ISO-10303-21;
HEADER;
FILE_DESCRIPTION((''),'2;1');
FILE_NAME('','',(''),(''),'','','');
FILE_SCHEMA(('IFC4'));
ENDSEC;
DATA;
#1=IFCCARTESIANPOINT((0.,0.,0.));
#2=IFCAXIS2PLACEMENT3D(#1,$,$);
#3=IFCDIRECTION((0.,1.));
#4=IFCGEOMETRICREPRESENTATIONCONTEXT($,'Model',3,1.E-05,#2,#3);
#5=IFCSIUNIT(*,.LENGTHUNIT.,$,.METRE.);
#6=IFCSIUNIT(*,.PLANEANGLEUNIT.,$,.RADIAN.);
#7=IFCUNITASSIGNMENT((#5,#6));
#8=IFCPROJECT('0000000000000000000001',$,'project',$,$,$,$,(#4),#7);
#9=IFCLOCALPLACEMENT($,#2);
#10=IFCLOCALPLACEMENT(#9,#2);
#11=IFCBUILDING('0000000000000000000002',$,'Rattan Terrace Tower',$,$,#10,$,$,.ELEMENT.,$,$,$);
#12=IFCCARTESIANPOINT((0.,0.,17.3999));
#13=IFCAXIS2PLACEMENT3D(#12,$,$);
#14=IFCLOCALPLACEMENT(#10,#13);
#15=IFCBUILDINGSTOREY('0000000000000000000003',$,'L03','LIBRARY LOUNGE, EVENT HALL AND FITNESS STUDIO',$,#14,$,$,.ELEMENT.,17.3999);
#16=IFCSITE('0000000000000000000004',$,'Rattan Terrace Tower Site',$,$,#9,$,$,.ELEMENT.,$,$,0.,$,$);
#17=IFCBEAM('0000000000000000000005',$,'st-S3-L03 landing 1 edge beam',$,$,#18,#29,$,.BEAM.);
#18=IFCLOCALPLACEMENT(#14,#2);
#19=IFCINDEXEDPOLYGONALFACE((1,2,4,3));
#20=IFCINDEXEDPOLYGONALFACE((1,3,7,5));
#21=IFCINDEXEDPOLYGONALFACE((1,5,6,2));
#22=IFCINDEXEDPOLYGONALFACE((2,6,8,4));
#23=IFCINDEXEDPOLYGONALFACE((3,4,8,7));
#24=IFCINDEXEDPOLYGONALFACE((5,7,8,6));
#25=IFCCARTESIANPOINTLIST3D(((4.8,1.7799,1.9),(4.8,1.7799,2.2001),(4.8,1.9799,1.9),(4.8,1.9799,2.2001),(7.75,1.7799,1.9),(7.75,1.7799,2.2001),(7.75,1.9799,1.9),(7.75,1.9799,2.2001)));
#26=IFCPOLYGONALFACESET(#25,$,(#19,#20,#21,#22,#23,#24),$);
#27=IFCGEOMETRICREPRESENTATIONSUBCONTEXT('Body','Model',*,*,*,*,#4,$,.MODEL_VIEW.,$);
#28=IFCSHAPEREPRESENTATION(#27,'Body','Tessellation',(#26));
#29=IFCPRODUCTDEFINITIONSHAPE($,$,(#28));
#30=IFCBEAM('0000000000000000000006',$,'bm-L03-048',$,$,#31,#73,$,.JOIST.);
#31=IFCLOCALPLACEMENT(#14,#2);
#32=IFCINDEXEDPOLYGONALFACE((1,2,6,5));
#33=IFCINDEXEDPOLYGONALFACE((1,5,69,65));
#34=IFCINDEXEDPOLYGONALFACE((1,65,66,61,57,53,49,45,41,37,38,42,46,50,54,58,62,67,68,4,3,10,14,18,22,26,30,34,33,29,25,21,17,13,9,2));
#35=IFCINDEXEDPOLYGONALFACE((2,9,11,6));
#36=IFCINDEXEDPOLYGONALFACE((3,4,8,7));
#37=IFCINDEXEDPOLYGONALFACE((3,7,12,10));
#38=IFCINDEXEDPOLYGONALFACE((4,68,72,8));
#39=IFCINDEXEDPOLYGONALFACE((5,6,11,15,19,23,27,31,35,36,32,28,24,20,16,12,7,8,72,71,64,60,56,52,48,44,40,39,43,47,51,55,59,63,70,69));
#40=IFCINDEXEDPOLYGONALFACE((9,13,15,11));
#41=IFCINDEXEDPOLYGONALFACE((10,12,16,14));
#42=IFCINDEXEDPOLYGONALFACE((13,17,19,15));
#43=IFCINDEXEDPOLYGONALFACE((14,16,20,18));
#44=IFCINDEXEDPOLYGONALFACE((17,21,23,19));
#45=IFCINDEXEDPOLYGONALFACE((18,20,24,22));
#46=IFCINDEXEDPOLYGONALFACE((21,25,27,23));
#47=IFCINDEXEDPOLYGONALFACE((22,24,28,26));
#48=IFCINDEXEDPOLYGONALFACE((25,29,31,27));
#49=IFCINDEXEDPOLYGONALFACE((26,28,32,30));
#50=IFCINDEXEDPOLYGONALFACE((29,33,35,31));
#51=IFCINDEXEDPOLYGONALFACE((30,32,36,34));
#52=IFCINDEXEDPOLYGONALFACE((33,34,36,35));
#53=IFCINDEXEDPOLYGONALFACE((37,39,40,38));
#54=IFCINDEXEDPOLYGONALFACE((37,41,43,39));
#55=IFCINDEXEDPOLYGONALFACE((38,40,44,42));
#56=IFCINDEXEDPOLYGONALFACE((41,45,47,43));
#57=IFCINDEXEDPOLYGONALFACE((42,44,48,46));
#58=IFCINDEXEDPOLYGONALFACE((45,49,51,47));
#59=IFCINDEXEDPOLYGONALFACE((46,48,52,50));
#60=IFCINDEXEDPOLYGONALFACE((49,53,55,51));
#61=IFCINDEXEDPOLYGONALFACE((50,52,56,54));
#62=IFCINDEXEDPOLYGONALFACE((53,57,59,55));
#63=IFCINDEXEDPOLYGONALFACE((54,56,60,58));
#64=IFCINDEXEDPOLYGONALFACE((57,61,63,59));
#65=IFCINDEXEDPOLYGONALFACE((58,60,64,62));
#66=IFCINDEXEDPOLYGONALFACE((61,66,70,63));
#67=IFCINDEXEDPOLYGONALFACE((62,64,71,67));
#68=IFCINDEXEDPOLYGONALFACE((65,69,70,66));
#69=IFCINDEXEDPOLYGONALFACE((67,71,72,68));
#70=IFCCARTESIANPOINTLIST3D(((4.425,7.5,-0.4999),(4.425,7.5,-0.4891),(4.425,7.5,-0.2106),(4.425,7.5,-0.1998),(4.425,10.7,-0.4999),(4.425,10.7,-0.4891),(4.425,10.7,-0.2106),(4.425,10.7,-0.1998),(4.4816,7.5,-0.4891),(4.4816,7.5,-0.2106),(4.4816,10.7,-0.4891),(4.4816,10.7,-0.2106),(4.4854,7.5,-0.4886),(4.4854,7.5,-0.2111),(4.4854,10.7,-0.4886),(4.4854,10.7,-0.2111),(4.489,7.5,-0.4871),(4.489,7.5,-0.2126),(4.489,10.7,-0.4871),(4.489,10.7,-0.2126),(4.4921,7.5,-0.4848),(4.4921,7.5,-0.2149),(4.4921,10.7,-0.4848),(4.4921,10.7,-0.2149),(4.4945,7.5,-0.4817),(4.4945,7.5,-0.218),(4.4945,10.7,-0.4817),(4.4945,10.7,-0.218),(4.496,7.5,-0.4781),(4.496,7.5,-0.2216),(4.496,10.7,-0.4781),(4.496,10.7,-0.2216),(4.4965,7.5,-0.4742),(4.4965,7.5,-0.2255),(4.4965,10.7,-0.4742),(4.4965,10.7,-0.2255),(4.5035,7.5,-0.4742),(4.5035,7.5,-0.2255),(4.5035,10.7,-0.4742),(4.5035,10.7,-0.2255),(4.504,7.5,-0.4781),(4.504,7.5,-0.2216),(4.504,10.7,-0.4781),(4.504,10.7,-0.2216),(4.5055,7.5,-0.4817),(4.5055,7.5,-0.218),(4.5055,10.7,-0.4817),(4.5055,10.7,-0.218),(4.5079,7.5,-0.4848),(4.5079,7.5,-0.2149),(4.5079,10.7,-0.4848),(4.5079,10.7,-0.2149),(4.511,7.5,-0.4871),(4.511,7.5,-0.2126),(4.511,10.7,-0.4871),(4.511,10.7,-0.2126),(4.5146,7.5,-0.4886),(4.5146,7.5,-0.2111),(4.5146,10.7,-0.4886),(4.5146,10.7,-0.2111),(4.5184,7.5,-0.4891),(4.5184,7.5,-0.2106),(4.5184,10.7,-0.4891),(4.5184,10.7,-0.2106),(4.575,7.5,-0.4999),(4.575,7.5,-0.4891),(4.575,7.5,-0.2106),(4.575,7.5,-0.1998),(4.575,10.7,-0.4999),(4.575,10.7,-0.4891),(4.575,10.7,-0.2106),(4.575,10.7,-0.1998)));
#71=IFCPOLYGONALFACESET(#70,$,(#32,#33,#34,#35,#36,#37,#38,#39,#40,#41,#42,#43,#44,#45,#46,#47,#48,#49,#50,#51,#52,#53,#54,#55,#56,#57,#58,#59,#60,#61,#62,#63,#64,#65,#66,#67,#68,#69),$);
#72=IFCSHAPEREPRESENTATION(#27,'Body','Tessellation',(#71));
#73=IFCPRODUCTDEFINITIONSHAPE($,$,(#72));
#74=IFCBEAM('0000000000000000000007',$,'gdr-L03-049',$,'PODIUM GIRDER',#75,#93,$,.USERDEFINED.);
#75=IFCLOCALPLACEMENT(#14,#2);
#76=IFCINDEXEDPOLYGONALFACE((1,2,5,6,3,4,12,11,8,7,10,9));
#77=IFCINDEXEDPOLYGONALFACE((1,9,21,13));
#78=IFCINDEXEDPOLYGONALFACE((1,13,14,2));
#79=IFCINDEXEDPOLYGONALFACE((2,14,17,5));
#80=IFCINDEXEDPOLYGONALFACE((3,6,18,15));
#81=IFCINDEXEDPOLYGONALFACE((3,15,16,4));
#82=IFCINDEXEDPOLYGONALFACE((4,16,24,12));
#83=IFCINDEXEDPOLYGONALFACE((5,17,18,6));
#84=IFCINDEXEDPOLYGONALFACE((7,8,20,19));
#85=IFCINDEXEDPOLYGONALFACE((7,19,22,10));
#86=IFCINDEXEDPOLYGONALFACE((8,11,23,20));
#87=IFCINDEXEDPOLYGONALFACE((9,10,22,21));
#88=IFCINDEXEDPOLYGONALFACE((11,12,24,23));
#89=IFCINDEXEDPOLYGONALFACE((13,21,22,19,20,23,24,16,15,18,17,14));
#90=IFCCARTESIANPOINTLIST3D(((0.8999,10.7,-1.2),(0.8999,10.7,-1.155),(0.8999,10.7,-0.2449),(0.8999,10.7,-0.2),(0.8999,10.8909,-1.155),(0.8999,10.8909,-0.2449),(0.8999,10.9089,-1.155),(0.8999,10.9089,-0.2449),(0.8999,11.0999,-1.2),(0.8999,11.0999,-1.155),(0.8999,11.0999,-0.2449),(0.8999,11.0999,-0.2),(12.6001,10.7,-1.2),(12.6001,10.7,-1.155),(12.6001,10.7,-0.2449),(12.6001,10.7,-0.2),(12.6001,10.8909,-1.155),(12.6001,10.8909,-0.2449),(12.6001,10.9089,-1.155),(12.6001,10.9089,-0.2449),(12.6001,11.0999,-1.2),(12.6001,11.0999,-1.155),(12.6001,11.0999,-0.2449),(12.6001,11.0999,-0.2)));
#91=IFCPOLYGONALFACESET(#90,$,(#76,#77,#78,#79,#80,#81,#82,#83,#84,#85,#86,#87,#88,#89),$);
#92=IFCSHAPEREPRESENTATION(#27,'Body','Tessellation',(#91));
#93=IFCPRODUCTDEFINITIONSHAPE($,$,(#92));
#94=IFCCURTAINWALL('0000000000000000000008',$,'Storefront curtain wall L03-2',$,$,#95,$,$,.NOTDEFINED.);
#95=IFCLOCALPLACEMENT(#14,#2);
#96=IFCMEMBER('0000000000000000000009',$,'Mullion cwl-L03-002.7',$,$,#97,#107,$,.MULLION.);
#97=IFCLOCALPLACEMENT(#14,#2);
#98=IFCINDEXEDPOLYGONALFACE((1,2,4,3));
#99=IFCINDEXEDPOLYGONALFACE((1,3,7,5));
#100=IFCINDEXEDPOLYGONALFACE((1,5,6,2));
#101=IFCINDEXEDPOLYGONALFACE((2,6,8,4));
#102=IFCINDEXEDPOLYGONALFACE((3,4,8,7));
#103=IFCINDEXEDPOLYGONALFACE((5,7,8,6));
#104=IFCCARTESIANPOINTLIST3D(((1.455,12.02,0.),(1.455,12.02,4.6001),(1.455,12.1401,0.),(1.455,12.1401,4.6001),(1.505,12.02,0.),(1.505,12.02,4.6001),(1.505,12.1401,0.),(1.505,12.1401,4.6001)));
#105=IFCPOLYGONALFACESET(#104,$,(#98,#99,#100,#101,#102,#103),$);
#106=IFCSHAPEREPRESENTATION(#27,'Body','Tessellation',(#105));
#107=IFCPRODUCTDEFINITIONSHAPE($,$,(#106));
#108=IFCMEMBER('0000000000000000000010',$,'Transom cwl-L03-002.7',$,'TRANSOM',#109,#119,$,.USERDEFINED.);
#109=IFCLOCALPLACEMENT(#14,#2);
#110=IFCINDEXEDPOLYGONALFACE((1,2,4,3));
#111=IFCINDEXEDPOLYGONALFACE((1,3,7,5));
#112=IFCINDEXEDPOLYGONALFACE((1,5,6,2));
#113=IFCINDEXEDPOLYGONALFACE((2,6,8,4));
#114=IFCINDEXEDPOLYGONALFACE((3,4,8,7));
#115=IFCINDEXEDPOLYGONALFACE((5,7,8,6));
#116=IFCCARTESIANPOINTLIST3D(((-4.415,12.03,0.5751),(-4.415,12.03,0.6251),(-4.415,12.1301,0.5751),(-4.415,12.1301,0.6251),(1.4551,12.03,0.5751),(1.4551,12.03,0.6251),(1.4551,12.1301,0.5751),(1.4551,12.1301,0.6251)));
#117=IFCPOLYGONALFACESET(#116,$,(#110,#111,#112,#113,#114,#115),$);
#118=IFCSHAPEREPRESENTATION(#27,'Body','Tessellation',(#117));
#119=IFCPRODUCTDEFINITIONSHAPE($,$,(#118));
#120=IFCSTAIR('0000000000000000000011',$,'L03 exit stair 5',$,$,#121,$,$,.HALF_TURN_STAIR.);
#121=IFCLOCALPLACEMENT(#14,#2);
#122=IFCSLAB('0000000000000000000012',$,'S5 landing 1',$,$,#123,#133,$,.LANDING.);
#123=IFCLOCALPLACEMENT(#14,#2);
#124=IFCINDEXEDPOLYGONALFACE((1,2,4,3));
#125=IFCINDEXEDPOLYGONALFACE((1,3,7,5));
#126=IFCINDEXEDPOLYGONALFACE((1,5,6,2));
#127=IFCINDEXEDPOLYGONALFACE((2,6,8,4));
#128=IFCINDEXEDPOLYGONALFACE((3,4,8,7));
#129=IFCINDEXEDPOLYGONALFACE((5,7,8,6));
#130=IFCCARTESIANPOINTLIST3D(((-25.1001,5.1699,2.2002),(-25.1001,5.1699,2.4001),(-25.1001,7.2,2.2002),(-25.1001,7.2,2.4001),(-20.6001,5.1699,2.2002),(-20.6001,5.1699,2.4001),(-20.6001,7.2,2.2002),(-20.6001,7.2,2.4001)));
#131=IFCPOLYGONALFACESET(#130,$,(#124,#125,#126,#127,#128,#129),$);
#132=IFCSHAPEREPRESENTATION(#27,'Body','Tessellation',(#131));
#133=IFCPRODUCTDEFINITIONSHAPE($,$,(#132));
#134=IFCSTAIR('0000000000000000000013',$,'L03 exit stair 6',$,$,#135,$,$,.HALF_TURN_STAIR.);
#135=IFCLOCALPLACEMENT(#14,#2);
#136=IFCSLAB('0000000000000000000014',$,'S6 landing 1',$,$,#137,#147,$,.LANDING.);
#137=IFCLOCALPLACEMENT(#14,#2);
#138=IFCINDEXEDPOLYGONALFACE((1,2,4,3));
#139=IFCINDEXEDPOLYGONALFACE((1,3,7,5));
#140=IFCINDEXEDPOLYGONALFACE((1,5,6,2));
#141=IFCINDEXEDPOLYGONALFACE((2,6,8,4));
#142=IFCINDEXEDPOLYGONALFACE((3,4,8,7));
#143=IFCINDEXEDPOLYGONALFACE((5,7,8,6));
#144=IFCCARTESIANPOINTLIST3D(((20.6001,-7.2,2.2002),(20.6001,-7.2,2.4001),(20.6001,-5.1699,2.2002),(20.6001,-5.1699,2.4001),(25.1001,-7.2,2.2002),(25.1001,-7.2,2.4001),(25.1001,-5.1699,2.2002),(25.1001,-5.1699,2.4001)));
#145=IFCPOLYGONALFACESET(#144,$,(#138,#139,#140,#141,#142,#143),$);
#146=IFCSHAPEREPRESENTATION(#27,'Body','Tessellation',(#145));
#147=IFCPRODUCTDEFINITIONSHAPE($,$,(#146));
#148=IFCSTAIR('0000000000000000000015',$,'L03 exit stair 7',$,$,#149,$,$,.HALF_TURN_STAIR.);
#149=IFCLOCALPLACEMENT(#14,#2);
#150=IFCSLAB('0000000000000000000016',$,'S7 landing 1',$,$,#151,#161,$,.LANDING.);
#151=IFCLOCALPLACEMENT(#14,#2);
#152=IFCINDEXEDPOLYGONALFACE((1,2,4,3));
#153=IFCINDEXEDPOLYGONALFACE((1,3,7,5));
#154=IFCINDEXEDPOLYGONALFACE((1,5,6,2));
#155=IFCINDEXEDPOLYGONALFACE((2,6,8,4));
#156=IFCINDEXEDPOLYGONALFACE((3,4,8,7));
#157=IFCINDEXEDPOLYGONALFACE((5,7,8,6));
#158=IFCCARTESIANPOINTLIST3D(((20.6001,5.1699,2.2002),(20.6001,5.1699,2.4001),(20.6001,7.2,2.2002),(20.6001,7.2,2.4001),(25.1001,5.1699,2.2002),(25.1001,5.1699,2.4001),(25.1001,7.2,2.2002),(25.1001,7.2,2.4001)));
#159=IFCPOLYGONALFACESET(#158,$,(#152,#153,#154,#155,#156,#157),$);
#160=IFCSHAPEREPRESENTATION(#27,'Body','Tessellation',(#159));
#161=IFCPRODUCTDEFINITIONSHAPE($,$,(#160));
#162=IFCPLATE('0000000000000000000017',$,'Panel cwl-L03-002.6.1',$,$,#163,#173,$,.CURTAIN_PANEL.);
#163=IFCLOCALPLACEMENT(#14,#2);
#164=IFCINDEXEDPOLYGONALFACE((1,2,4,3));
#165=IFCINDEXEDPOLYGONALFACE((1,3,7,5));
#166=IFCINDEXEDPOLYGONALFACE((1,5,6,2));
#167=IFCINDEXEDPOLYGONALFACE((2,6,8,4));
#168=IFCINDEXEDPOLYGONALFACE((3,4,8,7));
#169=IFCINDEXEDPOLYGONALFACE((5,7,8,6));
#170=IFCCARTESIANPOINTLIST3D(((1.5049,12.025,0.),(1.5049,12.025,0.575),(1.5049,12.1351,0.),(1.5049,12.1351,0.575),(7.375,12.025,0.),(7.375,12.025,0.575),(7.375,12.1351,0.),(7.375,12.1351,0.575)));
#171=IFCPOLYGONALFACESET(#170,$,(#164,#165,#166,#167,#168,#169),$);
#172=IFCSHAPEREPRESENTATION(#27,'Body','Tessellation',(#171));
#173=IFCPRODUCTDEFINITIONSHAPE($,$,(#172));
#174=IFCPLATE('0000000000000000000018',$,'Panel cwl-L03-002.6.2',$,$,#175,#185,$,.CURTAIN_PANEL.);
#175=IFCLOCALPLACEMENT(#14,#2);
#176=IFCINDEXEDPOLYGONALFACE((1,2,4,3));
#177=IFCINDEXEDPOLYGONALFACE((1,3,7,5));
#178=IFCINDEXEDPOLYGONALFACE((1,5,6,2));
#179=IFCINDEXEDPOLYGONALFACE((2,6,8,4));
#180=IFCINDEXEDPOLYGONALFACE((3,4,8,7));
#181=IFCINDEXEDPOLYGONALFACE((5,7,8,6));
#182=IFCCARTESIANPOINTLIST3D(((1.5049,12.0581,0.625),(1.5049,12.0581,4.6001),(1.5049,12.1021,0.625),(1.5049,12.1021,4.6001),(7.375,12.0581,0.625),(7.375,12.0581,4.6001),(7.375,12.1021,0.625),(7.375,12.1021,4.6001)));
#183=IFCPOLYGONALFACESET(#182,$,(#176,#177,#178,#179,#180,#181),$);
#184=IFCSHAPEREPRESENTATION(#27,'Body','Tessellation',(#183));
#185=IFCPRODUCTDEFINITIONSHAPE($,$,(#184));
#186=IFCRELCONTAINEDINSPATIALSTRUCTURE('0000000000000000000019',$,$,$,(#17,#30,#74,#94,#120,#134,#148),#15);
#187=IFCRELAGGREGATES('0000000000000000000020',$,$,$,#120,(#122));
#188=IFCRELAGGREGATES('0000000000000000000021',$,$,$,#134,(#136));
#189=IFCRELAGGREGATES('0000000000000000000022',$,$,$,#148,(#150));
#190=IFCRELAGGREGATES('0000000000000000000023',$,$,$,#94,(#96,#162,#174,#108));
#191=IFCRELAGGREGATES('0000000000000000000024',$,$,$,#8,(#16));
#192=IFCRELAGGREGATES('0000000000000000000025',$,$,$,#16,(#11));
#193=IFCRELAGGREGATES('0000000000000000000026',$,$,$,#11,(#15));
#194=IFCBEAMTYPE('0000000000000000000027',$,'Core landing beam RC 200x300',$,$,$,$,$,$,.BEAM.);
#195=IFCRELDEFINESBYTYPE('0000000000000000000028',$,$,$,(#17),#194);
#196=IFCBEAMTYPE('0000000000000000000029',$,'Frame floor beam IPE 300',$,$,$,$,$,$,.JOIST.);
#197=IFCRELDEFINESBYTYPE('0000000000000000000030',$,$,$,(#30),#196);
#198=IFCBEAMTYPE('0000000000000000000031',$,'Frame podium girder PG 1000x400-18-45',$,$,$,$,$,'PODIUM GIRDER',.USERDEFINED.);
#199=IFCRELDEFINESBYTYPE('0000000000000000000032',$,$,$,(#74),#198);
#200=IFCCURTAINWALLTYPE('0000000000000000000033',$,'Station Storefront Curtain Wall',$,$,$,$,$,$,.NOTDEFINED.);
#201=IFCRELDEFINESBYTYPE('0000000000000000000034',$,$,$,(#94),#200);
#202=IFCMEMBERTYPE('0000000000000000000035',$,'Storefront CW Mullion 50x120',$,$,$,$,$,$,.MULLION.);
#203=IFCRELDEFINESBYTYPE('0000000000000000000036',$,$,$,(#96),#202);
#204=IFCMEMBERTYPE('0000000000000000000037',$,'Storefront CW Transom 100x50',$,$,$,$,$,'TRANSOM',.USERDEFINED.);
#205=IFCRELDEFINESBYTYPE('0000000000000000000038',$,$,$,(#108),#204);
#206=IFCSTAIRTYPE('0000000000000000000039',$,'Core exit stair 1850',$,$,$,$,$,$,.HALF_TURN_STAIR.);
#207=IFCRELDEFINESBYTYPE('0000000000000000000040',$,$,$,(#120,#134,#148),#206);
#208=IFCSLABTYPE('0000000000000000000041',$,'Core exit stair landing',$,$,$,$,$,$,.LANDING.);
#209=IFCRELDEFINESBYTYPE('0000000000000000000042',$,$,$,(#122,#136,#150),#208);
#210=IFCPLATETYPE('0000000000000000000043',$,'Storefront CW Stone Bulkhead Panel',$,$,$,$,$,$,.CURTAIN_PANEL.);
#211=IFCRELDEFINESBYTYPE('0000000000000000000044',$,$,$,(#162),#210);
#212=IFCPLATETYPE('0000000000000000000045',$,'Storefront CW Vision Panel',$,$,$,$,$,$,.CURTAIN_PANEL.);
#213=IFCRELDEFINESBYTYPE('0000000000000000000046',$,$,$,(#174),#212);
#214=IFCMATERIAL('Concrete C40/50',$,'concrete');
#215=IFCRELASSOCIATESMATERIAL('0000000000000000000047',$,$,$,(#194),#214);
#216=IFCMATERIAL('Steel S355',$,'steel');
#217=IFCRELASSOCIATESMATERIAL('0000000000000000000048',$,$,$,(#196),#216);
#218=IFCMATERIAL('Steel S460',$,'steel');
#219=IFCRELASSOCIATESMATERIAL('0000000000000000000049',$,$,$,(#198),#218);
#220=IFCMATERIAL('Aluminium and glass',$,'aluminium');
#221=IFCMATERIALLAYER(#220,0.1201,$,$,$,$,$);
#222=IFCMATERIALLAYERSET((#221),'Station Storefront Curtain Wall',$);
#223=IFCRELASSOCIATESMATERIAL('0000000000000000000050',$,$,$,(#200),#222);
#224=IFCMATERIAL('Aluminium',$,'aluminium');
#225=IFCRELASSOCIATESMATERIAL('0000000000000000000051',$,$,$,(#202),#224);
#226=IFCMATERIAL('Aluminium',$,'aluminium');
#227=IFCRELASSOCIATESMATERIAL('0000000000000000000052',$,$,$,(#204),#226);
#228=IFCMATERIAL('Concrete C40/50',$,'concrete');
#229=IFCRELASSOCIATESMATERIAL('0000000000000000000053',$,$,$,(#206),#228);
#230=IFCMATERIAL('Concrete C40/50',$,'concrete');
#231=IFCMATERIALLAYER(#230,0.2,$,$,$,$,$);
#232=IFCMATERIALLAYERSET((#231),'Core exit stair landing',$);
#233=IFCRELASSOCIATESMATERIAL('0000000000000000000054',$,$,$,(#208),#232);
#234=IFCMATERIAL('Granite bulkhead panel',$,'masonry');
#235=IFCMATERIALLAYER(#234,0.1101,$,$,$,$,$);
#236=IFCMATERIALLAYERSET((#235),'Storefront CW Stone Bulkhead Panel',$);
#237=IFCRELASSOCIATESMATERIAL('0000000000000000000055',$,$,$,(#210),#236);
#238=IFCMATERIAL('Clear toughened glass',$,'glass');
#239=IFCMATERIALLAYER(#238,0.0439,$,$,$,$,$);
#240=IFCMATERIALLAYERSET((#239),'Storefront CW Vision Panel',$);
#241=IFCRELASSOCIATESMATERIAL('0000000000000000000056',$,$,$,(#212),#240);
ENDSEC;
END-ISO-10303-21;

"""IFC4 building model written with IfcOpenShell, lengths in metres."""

from ifc_helpers import new_model, si_unit, direction, frame, origin, origin_2d, place, context, subcontext, project, spatial, polyline, rectangle, i_section, outline, extrude, material, layer, layer_set, material_profile, profile_set, type_object, element, aggregate, save


model = new_model("IFC4")

# Units and contexts
model_context = context("Model", 3, precision=1e-05, world=origin(), true_north=direction((0.0, 1.0)))
body_context = subcontext(model_context, "Body", "Model", "MODEL_VIEW")
ifc_project = project(units=[si_unit("LENGTHUNIT", "METRE"), si_unit("PLANEANGLEUNIT", "RADIAN")], contexts=[model_context])

# Site, building, storey
site_placement = place(None, origin())
site = spatial("IfcSite", under=ifc_project, at=site_placement, Name="Rattan Terrace Tower Site", CompositionType="ELEMENT", RefElevation=0.0)
building_placement = place(site_placement, origin())
building = spatial("IfcBuilding", under=site, at=building_placement, Name="Rattan Terrace Tower", CompositionType="ELEMENT")
storey_placement = place(building_placement, frame((0.0, 0.0, 17.3999)))
storey = spatial("IfcBuildingStorey", under=building, at=storey_placement, Name="L03", Description="LIBRARY LOUNGE, EVENT HALL AND FITNESS STUDIO", CompositionType="ELEMENT", Elevation=17.3999)

# Beams
ifc_material_1 = material(Name="Concrete C40/50", Category="concrete")
ifc_material_profile_1 = material_profile(ifc_material_1, rectangle(XDim=0.2, YDim=0.3, at=origin_2d()), Name="RC 200x300")
ifc_profile_set_1 = profile_set([ifc_material_profile_1], Name="Concrete C40/50")
beam_type_1 = type_object("IfcBeamType", Name="Core landing beam RC 200x300", PredefinedType="BEAM", material=ifc_profile_set_1)
beam_1_placement = place(storey_placement, frame((4.8, 1.8799, 2.05), z_axis=(1.0, 0.0, 0.0), x_axis=(0.0, 1.0, 0.0)))
element("IfcBeam", 1, at=beam_1_placement, inside=storey, type_object=beam_type_1, Name="st-S3-L03 landing 1 edge beam", PredefinedType="BEAM", context=body_context, shape_type="SweptSolid", body=[
    extrude(rectangle(XDim=0.2, YDim=0.3, at=origin_2d()), origin(), (0.0, 0.0, 1.0), 2.95),
])
ifc_material_2 = material(Name="Steel S355", Category="steel")
ifc_material_profile_2 = material_profile(ifc_material_2, i_section(OverallWidth=0.1499, OverallDepth=0.3, WebThickness=0.0071, FlangeThickness=0.0107, FilletRadius=0.0149, at=origin_2d()), Name="IPE 300")
ifc_profile_set_2 = profile_set([ifc_material_profile_2], Name="Steel S355")
beam_type_2 = type_object("IfcBeamType", Name="Frame floor beam IPE 300", PredefinedType="JOIST", material=ifc_profile_set_2)
beam_2_placement = place(storey_placement, frame((4.5, 7.5, -0.3499), z_axis=(0.0, 1.0, 0.0), x_axis=(-1.0, 0.0, 0.0)))
element("IfcBeam", 2, at=beam_2_placement, inside=storey, type_object=beam_type_2, Name="bm-L03-048", PredefinedType="JOIST", context=body_context, shape_type="SweptSolid", body=[
    extrude(i_section(OverallWidth=0.1499, OverallDepth=0.3, WebThickness=0.0071, FlangeThickness=0.0107, FilletRadius=0.0149, at=origin_2d()), origin(), (0.0, 0.0, 1.0), 3.2),
])
ifc_material_3 = material(Name="Steel S460", Category="steel")
ifc_material_profile_3 = material_profile(ifc_material_3, i_section(OverallWidth=0.3999, OverallDepth=1.0, WebThickness=0.0181, FlangeThickness=0.0449, at=origin_2d()), Name="PG 1000x400-18-45")
ifc_profile_set_3 = profile_set([ifc_material_profile_3], Name="Steel S460")
beam_type_3 = type_object("IfcBeamType", Name="Frame podium girder PG 1000x400-18-45", ElementType="PODIUM GIRDER", PredefinedType="USERDEFINED", material=ifc_profile_set_3)
beam_3_placement = place(storey_placement, frame((0.8999, 10.8999, -0.7), z_axis=(1.0, 0.0, 0.0), x_axis=(0.0, 1.0, 0.0)))
element("IfcBeam", 3, at=beam_3_placement, inside=storey, type_object=beam_type_3, Name="gdr-L03-049", ObjectType="PODIUM GIRDER", PredefinedType="USERDEFINED", context=body_context, shape_type="SweptSolid", body=[
    extrude(i_section(OverallWidth=0.3999, OverallDepth=1.0, WebThickness=0.0181, FlangeThickness=0.0449, at=origin_2d()), origin(), (0.0, 0.0, 1.0), 11.7002),
])

# Curtain wall, members
ifc_material_4 = material(Name="Aluminium and glass", Category="aluminium")
ifc_layer_1 = layer(ifc_material_4, 0.1201)
ifc_layer_set_1 = layer_set([ifc_layer_1], Name="Station Storefront Curtain Wall")
curtain_wall_type = type_object("IfcCurtainWallType", Name="Station Storefront Curtain Wall", PredefinedType="NOTDEFINED", material=ifc_layer_set_1)
curtain_wall_placement = place(storey_placement, origin())
curtain_wall = element("IfcCurtainWall", 4, at=curtain_wall_placement, inside=storey, type_object=curtain_wall_type, Name="Storefront curtain wall L03-2", PredefinedType="NOTDEFINED")
ifc_material_5 = material(Name="Aluminium", Category="aluminium")
ifc_material_profile_4 = material_profile(ifc_material_5, rectangle(XDim=0.05, YDim=0.1201, at=origin_2d()), Name="Aluminium 50x120")
ifc_profile_set_4 = profile_set([ifc_material_profile_4], Name="Aluminium")
member_type_1 = type_object("IfcMemberType", Name="Storefront CW Mullion 50x120", PredefinedType="MULLION", material=ifc_profile_set_4)
member_1_placement = place(storey_placement, frame((1.48, 12.0801, 0.0), z_axis=(0.0, 0.0, 1.0), x_axis=(-1.0, 0.0, 0.0)))
member_1 = element("IfcMember", 5, at=member_1_placement, type_object=member_type_1, Name="Mullion cwl-L03-002.7", PredefinedType="MULLION", context=body_context, shape_type="SweptSolid", body=[
    extrude(rectangle(XDim=0.05, YDim=0.1201, at=origin_2d()), origin(), (0.0, 0.0, 1.0), 4.6001),
])
ifc_material_6 = material(Name="Aluminium", Category="aluminium")
ifc_material_profile_5 = material_profile(ifc_material_6, rectangle(XDim=0.1001, YDim=0.05, at=origin_2d()), Name="Aluminium 100x50")
ifc_profile_set_5 = profile_set([ifc_material_profile_5], Name="Aluminium")
member_type_2 = type_object("IfcMemberType", Name="Storefront CW Transom 100x50", ElementType="TRANSOM", PredefinedType="USERDEFINED", material=ifc_profile_set_5)
member_2_placement = place(storey_placement, frame((1.4551, 12.0801, 0.6001), z_axis=(-1.0, 0.0, 0.0), x_axis=(0.0, -1.0, 0.0)))
member_2 = element("IfcMember", 6, at=member_2_placement, type_object=member_type_2, Name="Transom cwl-L03-002.7", ObjectType="TRANSOM", PredefinedType="USERDEFINED", context=body_context, shape_type="SweptSolid", body=[
    extrude(rectangle(XDim=0.1001, YDim=0.05, at=origin_2d()), origin(), (0.0, 0.0, 1.0), 5.8701),
])

# Stairs, slabs
ifc_material_7 = material(Name="Concrete C40/50", Category="concrete")
stair_type_1 = type_object("IfcStairType", Name="Core exit stair 1850", PredefinedType="HALF_TURN_STAIR", material=ifc_material_7)
stair_1_placement = place(storey_placement, origin())
stair_1 = element("IfcStair", 7, at=stair_1_placement, inside=storey, type_object=stair_type_1, Name="L03 exit stair 5", PredefinedType="HALF_TURN_STAIR")
ifc_material_8 = material(Name="Concrete C40/50", Category="concrete")
ifc_layer_2 = layer(ifc_material_8, 0.2)
ifc_layer_set_2 = layer_set([ifc_layer_2], Name="Core exit stair landing")
slab_type = type_object("IfcSlabType", Name="Core exit stair landing", PredefinedType="LANDING", material=ifc_layer_set_2)
slab_1_placement = place(storey_placement, frame((0.0, 0.0, 2.2002)))
slab_1 = element("IfcSlab", 8, at=slab_1_placement, type_object=slab_type, Name="S5 landing 1", PredefinedType="LANDING", context=body_context, shape_type="SweptSolid", body=[
    extrude(outline(polyline([(-20.6001, 5.1699), (-20.6001, 7.2), (-25.1001, 7.2), (-25.1001, 5.1699), (-20.6001, 5.1699)])), origin(), (0.0, 0.0, 1.0), 0.2),
])
aggregate(stair_1, [slab_1])
stair_2_placement = place(storey_placement, origin())
stair_2 = element("IfcStair", 9, at=stair_2_placement, inside=storey, type_object=stair_type_1, Name="L03 exit stair 6", PredefinedType="HALF_TURN_STAIR")
slab_2_placement = place(storey_placement, frame((0.0, 0.0, 2.2002)))
slab_2 = element("IfcSlab", 10, at=slab_2_placement, type_object=slab_type, Name="S6 landing 1", PredefinedType="LANDING", context=body_context, shape_type="SweptSolid", body=[
    extrude(outline(polyline([(20.6001, -5.1699), (20.6001, -7.2), (25.1001, -7.2), (25.1001, -5.1699), (20.6001, -5.1699)])), origin(), (0.0, 0.0, 1.0), 0.2),
])
aggregate(stair_2, [slab_2])
stair_3_placement = place(storey_placement, origin())
stair_3 = element("IfcStair", 11, at=stair_3_placement, inside=storey, type_object=stair_type_1, Name="L03 exit stair 7", PredefinedType="HALF_TURN_STAIR")
slab_3_placement = place(storey_placement, frame((0.0, 0.0, 2.2002)))
slab_3 = element("IfcSlab", 12, at=slab_3_placement, type_object=slab_type, Name="S7 landing 1", PredefinedType="LANDING", context=body_context, shape_type="SweptSolid", body=[
    extrude(outline(polyline([(25.1001, 5.1699), (25.1001, 7.2), (20.6001, 7.2), (20.6001, 5.1699), (25.1001, 5.1699)])), origin(), (0.0, 0.0, 1.0), 0.2),
])
aggregate(stair_3, [slab_3])

# Plates
ifc_material_9 = material(Name="Granite bulkhead panel", Category="masonry")
ifc_layer_3 = layer(ifc_material_9, 0.1101)
ifc_layer_set_3 = layer_set([ifc_layer_3], Name="Storefront CW Stone Bulkhead Panel")
plate_type_1 = type_object("IfcPlateType", Name="Storefront CW Stone Bulkhead Panel", PredefinedType="CURTAIN_PANEL", material=ifc_layer_set_3)
plate_1_placement = place(storey_placement, frame((4.4399, 12.0801, 0.0), z_axis=(0.0, 0.0, 1.0), x_axis=(-1.0, 0.0, 0.0)))
plate_1 = element("IfcPlate", 13, at=plate_1_placement, type_object=plate_type_1, Name="Panel cwl-L03-002.6.1", PredefinedType="CURTAIN_PANEL", context=body_context, shape_type="SweptSolid", body=[
    extrude(rectangle(XDim=5.8701, YDim=0.1101, at=origin_2d()), origin(), (0.0, 0.0, 1.0), 0.575),
])
ifc_material_10 = material(Name="Clear toughened glass", Category="glass")
ifc_layer_4 = layer(ifc_material_10, 0.0439)
ifc_layer_set_4 = layer_set([ifc_layer_4], Name="Storefront CW Vision Panel")
plate_type_2 = type_object("IfcPlateType", Name="Storefront CW Vision Panel", PredefinedType="CURTAIN_PANEL", material=ifc_layer_set_4)
plate_2_placement = place(storey_placement, frame((4.4399, 12.0801, 0.625), z_axis=(0.0, 0.0, 1.0), x_axis=(-1.0, 0.0, 0.0)))
plate_2 = element("IfcPlate", 14, at=plate_2_placement, type_object=plate_type_2, Name="Panel cwl-L03-002.6.2", PredefinedType="CURTAIN_PANEL", context=body_context, shape_type="SweptSolid", body=[
    extrude(rectangle(XDim=5.8701, YDim=0.0439, at=origin_2d()), origin(), (0.0, 0.0, 1.0), 3.9751),
])
aggregate(curtain_wall, [member_1, plate_1, plate_2, member_2])

save(model, "model.ifc")
